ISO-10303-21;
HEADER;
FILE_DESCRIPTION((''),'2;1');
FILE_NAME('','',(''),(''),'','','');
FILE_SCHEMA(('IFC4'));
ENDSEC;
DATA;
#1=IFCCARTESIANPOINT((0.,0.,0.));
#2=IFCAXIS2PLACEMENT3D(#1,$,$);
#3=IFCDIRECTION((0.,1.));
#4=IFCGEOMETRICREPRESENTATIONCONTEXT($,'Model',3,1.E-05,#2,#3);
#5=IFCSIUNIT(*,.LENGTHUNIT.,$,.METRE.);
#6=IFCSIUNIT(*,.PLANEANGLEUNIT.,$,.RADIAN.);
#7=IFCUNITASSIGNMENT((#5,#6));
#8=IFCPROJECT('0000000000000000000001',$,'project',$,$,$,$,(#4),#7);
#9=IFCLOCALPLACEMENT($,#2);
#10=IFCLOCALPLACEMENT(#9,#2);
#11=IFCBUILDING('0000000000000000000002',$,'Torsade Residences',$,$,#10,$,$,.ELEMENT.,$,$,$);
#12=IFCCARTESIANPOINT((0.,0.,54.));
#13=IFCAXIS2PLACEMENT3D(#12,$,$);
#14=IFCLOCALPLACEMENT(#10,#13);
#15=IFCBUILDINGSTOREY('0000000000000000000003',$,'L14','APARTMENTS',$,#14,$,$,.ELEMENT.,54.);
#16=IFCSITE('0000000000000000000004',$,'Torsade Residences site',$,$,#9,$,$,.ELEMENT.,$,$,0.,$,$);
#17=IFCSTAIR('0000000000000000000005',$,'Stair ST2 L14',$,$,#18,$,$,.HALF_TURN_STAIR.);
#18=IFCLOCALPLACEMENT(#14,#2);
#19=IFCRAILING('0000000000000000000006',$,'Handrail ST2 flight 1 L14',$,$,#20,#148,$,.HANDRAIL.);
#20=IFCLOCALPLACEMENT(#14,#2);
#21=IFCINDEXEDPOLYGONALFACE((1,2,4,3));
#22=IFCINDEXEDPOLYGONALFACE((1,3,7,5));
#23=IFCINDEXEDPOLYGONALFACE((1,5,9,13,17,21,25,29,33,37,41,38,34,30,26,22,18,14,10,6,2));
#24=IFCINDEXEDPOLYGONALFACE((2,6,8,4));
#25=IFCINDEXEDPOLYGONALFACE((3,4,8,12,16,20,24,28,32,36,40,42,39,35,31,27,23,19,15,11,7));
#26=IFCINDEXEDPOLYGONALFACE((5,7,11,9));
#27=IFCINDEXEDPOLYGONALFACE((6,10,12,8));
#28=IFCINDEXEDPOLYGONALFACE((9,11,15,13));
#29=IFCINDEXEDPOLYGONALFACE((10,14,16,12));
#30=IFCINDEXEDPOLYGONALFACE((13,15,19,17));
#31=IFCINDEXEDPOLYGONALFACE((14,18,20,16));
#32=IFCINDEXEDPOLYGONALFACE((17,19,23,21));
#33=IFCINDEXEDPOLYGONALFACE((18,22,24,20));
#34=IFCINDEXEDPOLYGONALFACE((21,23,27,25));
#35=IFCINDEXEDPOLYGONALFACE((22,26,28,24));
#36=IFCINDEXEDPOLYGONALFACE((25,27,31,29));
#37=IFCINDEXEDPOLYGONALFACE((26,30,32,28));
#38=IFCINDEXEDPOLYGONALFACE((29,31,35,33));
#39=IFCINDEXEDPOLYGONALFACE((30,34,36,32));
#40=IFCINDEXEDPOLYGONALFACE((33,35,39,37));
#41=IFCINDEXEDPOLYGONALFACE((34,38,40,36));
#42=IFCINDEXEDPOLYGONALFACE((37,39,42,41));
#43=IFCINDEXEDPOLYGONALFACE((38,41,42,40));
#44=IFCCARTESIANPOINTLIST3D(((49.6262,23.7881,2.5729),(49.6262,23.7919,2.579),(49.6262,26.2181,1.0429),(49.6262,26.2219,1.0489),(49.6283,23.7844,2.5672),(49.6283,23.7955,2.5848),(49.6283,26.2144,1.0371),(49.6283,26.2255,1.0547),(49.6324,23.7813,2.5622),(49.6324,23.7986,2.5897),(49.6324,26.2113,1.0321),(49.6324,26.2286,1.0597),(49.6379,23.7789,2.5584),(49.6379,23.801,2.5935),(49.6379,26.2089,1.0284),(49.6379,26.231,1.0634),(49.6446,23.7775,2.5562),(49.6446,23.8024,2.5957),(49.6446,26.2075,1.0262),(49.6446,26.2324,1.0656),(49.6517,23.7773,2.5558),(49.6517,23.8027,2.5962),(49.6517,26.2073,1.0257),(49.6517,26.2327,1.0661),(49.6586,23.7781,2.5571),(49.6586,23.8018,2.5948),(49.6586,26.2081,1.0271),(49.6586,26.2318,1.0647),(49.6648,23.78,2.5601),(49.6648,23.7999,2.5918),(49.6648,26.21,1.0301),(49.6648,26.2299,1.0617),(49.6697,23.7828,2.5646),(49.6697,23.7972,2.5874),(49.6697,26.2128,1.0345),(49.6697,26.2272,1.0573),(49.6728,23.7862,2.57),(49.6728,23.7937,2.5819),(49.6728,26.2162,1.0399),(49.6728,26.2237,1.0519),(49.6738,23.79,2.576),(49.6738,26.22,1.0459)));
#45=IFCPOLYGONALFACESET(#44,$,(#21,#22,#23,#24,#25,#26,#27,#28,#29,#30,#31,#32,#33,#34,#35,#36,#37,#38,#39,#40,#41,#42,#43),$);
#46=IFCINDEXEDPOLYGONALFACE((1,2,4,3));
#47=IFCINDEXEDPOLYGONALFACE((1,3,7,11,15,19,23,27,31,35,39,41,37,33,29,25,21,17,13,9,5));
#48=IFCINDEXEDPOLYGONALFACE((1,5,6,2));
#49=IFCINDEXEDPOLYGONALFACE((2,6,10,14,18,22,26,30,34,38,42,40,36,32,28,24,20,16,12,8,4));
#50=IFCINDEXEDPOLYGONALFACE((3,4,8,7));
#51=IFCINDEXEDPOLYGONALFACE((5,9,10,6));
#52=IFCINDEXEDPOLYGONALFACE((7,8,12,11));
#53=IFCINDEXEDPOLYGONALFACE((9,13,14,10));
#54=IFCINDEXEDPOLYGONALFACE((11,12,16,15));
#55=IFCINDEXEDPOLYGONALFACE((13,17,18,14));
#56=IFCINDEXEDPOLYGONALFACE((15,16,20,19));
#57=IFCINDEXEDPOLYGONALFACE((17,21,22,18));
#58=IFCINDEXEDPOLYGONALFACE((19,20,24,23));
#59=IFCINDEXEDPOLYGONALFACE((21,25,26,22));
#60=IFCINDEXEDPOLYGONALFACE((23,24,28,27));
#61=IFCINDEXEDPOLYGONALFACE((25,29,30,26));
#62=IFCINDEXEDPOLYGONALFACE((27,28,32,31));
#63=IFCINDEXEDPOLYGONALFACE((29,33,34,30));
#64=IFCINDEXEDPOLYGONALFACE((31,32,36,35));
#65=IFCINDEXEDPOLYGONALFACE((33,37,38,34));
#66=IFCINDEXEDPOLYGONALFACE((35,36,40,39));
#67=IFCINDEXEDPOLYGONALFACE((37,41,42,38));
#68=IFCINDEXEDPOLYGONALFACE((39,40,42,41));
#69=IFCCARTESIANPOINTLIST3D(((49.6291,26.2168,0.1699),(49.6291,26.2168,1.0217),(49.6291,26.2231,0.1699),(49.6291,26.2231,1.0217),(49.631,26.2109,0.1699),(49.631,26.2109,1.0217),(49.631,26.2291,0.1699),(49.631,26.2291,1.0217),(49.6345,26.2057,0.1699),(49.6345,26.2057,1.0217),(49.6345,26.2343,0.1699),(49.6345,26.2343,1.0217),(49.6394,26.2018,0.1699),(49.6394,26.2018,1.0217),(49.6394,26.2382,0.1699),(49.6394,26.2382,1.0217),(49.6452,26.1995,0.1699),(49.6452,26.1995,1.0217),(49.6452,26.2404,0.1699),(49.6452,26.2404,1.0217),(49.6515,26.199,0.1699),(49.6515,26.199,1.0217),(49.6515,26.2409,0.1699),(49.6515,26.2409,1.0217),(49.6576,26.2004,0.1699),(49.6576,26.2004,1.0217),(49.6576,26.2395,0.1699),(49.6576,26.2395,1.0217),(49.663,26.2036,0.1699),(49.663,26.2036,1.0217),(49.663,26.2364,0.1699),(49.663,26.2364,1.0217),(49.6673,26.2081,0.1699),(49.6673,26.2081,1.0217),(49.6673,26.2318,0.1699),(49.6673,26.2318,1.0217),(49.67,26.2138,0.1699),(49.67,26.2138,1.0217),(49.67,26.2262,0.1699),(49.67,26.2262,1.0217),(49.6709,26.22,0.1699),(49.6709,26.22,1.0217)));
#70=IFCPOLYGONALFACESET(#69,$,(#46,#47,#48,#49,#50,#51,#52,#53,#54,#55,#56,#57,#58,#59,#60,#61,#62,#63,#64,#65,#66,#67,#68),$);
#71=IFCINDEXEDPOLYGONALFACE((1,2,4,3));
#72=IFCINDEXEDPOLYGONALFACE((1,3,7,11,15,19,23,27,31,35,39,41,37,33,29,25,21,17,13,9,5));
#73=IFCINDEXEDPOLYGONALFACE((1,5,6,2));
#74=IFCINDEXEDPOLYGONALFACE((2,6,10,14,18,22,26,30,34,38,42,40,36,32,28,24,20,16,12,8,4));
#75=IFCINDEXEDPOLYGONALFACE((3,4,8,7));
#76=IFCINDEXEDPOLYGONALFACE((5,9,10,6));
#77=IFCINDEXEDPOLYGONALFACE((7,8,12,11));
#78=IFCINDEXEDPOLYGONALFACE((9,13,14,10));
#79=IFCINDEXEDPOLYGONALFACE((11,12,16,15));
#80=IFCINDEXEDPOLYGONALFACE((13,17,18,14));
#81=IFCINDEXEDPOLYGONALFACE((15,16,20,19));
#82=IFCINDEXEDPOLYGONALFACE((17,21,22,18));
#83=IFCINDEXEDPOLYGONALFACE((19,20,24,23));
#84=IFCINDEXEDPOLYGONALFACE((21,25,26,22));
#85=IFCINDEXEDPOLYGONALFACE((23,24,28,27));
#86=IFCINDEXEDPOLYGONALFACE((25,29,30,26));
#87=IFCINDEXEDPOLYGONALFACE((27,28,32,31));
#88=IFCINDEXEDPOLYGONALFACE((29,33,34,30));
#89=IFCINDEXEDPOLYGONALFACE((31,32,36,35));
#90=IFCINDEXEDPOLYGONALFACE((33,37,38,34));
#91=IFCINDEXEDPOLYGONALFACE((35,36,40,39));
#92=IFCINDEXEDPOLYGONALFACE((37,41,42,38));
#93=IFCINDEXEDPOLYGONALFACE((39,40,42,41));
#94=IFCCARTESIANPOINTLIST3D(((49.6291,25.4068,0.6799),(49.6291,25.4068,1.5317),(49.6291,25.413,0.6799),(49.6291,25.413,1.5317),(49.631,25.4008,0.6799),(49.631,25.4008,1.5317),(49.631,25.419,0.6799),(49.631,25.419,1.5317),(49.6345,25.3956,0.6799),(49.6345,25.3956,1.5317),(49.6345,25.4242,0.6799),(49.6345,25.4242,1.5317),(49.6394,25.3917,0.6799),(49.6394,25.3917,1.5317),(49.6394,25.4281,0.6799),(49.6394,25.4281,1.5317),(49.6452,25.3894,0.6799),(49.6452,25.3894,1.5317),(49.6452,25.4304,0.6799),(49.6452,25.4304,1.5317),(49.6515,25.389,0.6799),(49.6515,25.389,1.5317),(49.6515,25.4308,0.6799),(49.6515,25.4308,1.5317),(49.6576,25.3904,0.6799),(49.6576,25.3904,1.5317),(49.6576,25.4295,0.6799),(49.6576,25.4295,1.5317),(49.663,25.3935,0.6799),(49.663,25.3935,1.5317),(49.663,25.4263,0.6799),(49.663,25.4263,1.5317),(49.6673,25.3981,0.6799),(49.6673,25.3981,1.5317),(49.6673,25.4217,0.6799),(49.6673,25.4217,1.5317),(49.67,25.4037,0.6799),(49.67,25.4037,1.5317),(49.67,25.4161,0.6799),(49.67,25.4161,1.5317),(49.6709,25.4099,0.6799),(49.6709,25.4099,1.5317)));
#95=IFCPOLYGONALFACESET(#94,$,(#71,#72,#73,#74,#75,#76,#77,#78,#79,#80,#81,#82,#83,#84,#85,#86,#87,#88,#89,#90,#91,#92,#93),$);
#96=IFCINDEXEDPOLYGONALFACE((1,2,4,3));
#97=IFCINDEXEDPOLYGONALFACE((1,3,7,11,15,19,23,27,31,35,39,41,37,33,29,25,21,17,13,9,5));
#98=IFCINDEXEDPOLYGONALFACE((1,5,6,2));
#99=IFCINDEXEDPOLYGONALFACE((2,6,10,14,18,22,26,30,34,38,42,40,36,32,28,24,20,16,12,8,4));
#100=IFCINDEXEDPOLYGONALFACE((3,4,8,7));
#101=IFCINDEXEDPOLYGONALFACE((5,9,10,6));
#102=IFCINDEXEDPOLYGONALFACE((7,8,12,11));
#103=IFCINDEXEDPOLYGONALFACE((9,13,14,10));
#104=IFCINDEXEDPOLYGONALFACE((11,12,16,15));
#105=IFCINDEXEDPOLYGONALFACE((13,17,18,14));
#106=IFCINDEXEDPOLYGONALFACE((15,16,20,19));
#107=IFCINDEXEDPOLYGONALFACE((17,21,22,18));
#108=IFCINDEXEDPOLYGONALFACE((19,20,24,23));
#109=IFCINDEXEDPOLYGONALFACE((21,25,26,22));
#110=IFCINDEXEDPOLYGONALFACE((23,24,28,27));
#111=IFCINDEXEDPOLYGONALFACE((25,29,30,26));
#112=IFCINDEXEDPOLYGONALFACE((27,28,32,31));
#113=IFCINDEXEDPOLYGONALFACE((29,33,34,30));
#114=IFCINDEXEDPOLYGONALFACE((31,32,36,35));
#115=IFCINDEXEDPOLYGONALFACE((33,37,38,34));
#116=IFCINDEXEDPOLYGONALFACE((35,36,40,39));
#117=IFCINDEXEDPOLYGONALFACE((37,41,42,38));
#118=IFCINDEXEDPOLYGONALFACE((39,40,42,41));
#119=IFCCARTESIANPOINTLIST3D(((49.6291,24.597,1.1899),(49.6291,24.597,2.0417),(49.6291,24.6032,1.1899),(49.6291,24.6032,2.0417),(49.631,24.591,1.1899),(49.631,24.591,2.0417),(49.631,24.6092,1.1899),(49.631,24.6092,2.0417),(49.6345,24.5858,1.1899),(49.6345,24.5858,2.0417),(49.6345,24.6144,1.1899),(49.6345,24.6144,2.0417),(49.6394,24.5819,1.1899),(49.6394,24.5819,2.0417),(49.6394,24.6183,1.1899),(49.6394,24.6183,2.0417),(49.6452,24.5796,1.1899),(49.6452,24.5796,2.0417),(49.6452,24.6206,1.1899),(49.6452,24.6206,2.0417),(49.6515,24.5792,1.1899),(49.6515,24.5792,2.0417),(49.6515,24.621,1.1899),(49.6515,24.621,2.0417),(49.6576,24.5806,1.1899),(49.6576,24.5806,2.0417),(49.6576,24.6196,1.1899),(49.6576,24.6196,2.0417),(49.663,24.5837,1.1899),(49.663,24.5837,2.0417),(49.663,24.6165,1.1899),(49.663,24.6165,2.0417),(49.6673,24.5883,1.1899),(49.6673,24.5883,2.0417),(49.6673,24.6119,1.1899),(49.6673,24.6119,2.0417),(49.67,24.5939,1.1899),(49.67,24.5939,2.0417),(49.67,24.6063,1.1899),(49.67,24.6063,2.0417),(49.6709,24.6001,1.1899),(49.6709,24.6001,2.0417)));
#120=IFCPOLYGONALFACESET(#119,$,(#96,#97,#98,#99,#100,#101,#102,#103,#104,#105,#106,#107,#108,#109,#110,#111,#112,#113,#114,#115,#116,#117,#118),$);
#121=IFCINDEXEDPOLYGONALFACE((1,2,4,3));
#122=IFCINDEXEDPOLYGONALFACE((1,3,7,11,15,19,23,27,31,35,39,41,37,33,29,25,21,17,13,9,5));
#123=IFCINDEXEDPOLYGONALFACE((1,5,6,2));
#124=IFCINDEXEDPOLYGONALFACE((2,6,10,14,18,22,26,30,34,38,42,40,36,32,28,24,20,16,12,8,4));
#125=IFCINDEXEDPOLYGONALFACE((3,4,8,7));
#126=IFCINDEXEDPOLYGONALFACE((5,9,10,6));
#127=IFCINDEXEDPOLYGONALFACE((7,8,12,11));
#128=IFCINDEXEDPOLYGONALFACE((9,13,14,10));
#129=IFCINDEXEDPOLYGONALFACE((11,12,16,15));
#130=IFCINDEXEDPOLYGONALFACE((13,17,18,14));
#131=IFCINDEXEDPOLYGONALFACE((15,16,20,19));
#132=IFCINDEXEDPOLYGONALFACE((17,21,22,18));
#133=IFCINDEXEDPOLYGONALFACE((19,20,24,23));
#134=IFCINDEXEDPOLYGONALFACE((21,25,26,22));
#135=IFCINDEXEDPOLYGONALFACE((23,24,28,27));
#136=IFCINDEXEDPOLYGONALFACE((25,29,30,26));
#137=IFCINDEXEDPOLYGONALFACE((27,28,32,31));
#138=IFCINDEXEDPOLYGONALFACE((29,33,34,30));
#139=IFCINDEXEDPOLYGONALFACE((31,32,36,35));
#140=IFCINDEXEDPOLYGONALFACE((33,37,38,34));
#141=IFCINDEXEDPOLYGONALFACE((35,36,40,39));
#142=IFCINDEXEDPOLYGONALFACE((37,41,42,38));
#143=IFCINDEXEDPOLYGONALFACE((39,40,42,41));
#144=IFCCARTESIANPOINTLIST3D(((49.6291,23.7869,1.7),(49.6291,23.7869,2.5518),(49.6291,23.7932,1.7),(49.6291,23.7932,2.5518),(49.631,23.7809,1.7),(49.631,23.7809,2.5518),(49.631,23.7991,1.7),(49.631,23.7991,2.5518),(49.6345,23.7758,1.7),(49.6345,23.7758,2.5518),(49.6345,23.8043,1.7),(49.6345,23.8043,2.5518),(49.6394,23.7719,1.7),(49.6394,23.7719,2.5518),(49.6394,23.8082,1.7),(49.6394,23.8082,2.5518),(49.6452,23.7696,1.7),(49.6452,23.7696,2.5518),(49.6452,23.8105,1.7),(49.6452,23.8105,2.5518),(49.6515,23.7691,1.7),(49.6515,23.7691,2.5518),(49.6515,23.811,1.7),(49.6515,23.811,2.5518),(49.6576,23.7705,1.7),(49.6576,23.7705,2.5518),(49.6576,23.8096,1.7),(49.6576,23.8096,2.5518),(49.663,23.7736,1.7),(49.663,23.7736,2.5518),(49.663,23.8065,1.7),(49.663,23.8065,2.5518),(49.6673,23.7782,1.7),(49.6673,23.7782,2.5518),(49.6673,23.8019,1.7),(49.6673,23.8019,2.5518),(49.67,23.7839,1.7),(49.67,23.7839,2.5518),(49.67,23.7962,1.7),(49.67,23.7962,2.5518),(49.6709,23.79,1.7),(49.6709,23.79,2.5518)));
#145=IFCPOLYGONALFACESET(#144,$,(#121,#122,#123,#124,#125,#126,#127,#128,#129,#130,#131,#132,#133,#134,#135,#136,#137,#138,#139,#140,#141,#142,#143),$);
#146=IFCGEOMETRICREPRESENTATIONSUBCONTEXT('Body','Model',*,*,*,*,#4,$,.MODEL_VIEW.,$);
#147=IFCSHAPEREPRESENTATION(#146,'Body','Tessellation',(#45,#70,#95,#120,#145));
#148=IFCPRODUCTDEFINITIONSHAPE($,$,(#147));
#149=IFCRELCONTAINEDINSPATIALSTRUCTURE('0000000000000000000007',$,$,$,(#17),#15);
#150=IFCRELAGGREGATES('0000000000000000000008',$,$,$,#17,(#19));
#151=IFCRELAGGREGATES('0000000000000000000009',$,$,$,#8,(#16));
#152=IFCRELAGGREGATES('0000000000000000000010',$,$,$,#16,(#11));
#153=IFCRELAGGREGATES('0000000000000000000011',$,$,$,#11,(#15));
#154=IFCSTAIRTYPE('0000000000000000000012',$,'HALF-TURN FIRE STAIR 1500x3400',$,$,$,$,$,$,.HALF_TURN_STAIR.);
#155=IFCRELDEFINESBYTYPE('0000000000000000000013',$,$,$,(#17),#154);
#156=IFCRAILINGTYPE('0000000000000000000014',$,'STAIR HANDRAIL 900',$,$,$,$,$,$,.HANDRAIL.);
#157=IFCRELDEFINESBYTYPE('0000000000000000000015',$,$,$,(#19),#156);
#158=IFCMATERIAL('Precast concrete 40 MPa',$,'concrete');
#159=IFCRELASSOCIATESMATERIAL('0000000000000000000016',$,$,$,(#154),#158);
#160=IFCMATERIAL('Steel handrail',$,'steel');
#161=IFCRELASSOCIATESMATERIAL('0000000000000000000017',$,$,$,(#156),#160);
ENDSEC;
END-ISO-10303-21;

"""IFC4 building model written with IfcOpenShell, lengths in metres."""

from ifc_helpers import new_model, si_unit, direction, frame, origin, origin_2d, place, context, subcontext, project, spatial, circle, extrude, material, type_object, element, aggregate, save


model = new_model("IFC4")

# Units and contexts
model_context = context("Model", 3, precision=1e-05, world=origin(), true_north=direction((0.0, 1.0)))
body_context = subcontext(model_context, "Body", "Model", "MODEL_VIEW")
ifc_project = project(units=[si_unit("LENGTHUNIT", "METRE"), si_unit("PLANEANGLEUNIT", "RADIAN")], contexts=[model_context])

# Site, building, storey
site_placement = place(None, origin())
site = spatial("IfcSite", under=ifc_project, at=site_placement, Name="Torsade Residences site", CompositionType="ELEMENT", RefElevation=0.0)
building_placement = place(site_placement, origin())
building = spatial("IfcBuilding", under=site, at=building_placement, Name="Torsade Residences", CompositionType="ELEMENT")
storey_placement = place(building_placement, frame((0.0, 0.0, 54.0)))
storey = spatial("IfcBuildingStorey", under=building, at=storey_placement, Name="L14", Description="APARTMENTS", CompositionType="ELEMENT", Elevation=54.0)

# Stair, railing
ifc_material_1 = material(Name="Precast concrete 40 MPa", Category="concrete")
stair_type = type_object("IfcStairType", Name="HALF-TURN FIRE STAIR 1500x3400", PredefinedType="HALF_TURN_STAIR", material=ifc_material_1)
stair_placement = place(storey_placement, origin())
stair = element("IfcStair", 1, at=stair_placement, inside=storey, type_object=stair_type, Name="Stair ST2 L14", PredefinedType="HALF_TURN_STAIR")
ifc_material_2 = material(Name="Steel handrail", Category="steel")
railing_type = type_object("IfcRailingType", Name="STAIR HANDRAIL 900", PredefinedType="HANDRAIL", material=ifc_material_2)
railing_1_placement = place(storey_placement, frame((49.6499, 26.22, 0.1699)))
railing_1 = element("IfcRailing", 2, at=railing_1_placement, type_object=railing_type, Name="Handrail ST2 flight 1 L14", PredefinedType="HANDRAIL", context=body_context, shape_type="SweptSolid", body=[
    extrude(circle(Radius=0.0239, at=origin_2d()), frame((0.0, 0.0, 0.876), z_axis=(0.0, -0.846221, 0.532831), x_axis=(1.0, 0.0, 0.0)), (0.0, 0.0, 1.0), 2.8716),
    extrude(circle(Radius=0.021, at=origin_2d()), origin(), (0.0, 0.0, 1.0), 0.8518),
    extrude(circle(Radius=0.021, at=origin_2d()), frame((0.0, -0.8101, 0.51)), (0.0, 0.0, 1.0), 0.8518),
    extrude(circle(Radius=0.021, at=origin_2d()), frame((0.0, -1.6199, 1.02)), (0.0, 0.0, 1.0), 0.8518),
    extrude(circle(Radius=0.021, at=origin_2d()), frame((0.0, -2.4299, 1.53)), (0.0, 0.0, 1.0), 0.8518),
])
aggregate(stair, [railing_1])

save(model, "model.ifc")
